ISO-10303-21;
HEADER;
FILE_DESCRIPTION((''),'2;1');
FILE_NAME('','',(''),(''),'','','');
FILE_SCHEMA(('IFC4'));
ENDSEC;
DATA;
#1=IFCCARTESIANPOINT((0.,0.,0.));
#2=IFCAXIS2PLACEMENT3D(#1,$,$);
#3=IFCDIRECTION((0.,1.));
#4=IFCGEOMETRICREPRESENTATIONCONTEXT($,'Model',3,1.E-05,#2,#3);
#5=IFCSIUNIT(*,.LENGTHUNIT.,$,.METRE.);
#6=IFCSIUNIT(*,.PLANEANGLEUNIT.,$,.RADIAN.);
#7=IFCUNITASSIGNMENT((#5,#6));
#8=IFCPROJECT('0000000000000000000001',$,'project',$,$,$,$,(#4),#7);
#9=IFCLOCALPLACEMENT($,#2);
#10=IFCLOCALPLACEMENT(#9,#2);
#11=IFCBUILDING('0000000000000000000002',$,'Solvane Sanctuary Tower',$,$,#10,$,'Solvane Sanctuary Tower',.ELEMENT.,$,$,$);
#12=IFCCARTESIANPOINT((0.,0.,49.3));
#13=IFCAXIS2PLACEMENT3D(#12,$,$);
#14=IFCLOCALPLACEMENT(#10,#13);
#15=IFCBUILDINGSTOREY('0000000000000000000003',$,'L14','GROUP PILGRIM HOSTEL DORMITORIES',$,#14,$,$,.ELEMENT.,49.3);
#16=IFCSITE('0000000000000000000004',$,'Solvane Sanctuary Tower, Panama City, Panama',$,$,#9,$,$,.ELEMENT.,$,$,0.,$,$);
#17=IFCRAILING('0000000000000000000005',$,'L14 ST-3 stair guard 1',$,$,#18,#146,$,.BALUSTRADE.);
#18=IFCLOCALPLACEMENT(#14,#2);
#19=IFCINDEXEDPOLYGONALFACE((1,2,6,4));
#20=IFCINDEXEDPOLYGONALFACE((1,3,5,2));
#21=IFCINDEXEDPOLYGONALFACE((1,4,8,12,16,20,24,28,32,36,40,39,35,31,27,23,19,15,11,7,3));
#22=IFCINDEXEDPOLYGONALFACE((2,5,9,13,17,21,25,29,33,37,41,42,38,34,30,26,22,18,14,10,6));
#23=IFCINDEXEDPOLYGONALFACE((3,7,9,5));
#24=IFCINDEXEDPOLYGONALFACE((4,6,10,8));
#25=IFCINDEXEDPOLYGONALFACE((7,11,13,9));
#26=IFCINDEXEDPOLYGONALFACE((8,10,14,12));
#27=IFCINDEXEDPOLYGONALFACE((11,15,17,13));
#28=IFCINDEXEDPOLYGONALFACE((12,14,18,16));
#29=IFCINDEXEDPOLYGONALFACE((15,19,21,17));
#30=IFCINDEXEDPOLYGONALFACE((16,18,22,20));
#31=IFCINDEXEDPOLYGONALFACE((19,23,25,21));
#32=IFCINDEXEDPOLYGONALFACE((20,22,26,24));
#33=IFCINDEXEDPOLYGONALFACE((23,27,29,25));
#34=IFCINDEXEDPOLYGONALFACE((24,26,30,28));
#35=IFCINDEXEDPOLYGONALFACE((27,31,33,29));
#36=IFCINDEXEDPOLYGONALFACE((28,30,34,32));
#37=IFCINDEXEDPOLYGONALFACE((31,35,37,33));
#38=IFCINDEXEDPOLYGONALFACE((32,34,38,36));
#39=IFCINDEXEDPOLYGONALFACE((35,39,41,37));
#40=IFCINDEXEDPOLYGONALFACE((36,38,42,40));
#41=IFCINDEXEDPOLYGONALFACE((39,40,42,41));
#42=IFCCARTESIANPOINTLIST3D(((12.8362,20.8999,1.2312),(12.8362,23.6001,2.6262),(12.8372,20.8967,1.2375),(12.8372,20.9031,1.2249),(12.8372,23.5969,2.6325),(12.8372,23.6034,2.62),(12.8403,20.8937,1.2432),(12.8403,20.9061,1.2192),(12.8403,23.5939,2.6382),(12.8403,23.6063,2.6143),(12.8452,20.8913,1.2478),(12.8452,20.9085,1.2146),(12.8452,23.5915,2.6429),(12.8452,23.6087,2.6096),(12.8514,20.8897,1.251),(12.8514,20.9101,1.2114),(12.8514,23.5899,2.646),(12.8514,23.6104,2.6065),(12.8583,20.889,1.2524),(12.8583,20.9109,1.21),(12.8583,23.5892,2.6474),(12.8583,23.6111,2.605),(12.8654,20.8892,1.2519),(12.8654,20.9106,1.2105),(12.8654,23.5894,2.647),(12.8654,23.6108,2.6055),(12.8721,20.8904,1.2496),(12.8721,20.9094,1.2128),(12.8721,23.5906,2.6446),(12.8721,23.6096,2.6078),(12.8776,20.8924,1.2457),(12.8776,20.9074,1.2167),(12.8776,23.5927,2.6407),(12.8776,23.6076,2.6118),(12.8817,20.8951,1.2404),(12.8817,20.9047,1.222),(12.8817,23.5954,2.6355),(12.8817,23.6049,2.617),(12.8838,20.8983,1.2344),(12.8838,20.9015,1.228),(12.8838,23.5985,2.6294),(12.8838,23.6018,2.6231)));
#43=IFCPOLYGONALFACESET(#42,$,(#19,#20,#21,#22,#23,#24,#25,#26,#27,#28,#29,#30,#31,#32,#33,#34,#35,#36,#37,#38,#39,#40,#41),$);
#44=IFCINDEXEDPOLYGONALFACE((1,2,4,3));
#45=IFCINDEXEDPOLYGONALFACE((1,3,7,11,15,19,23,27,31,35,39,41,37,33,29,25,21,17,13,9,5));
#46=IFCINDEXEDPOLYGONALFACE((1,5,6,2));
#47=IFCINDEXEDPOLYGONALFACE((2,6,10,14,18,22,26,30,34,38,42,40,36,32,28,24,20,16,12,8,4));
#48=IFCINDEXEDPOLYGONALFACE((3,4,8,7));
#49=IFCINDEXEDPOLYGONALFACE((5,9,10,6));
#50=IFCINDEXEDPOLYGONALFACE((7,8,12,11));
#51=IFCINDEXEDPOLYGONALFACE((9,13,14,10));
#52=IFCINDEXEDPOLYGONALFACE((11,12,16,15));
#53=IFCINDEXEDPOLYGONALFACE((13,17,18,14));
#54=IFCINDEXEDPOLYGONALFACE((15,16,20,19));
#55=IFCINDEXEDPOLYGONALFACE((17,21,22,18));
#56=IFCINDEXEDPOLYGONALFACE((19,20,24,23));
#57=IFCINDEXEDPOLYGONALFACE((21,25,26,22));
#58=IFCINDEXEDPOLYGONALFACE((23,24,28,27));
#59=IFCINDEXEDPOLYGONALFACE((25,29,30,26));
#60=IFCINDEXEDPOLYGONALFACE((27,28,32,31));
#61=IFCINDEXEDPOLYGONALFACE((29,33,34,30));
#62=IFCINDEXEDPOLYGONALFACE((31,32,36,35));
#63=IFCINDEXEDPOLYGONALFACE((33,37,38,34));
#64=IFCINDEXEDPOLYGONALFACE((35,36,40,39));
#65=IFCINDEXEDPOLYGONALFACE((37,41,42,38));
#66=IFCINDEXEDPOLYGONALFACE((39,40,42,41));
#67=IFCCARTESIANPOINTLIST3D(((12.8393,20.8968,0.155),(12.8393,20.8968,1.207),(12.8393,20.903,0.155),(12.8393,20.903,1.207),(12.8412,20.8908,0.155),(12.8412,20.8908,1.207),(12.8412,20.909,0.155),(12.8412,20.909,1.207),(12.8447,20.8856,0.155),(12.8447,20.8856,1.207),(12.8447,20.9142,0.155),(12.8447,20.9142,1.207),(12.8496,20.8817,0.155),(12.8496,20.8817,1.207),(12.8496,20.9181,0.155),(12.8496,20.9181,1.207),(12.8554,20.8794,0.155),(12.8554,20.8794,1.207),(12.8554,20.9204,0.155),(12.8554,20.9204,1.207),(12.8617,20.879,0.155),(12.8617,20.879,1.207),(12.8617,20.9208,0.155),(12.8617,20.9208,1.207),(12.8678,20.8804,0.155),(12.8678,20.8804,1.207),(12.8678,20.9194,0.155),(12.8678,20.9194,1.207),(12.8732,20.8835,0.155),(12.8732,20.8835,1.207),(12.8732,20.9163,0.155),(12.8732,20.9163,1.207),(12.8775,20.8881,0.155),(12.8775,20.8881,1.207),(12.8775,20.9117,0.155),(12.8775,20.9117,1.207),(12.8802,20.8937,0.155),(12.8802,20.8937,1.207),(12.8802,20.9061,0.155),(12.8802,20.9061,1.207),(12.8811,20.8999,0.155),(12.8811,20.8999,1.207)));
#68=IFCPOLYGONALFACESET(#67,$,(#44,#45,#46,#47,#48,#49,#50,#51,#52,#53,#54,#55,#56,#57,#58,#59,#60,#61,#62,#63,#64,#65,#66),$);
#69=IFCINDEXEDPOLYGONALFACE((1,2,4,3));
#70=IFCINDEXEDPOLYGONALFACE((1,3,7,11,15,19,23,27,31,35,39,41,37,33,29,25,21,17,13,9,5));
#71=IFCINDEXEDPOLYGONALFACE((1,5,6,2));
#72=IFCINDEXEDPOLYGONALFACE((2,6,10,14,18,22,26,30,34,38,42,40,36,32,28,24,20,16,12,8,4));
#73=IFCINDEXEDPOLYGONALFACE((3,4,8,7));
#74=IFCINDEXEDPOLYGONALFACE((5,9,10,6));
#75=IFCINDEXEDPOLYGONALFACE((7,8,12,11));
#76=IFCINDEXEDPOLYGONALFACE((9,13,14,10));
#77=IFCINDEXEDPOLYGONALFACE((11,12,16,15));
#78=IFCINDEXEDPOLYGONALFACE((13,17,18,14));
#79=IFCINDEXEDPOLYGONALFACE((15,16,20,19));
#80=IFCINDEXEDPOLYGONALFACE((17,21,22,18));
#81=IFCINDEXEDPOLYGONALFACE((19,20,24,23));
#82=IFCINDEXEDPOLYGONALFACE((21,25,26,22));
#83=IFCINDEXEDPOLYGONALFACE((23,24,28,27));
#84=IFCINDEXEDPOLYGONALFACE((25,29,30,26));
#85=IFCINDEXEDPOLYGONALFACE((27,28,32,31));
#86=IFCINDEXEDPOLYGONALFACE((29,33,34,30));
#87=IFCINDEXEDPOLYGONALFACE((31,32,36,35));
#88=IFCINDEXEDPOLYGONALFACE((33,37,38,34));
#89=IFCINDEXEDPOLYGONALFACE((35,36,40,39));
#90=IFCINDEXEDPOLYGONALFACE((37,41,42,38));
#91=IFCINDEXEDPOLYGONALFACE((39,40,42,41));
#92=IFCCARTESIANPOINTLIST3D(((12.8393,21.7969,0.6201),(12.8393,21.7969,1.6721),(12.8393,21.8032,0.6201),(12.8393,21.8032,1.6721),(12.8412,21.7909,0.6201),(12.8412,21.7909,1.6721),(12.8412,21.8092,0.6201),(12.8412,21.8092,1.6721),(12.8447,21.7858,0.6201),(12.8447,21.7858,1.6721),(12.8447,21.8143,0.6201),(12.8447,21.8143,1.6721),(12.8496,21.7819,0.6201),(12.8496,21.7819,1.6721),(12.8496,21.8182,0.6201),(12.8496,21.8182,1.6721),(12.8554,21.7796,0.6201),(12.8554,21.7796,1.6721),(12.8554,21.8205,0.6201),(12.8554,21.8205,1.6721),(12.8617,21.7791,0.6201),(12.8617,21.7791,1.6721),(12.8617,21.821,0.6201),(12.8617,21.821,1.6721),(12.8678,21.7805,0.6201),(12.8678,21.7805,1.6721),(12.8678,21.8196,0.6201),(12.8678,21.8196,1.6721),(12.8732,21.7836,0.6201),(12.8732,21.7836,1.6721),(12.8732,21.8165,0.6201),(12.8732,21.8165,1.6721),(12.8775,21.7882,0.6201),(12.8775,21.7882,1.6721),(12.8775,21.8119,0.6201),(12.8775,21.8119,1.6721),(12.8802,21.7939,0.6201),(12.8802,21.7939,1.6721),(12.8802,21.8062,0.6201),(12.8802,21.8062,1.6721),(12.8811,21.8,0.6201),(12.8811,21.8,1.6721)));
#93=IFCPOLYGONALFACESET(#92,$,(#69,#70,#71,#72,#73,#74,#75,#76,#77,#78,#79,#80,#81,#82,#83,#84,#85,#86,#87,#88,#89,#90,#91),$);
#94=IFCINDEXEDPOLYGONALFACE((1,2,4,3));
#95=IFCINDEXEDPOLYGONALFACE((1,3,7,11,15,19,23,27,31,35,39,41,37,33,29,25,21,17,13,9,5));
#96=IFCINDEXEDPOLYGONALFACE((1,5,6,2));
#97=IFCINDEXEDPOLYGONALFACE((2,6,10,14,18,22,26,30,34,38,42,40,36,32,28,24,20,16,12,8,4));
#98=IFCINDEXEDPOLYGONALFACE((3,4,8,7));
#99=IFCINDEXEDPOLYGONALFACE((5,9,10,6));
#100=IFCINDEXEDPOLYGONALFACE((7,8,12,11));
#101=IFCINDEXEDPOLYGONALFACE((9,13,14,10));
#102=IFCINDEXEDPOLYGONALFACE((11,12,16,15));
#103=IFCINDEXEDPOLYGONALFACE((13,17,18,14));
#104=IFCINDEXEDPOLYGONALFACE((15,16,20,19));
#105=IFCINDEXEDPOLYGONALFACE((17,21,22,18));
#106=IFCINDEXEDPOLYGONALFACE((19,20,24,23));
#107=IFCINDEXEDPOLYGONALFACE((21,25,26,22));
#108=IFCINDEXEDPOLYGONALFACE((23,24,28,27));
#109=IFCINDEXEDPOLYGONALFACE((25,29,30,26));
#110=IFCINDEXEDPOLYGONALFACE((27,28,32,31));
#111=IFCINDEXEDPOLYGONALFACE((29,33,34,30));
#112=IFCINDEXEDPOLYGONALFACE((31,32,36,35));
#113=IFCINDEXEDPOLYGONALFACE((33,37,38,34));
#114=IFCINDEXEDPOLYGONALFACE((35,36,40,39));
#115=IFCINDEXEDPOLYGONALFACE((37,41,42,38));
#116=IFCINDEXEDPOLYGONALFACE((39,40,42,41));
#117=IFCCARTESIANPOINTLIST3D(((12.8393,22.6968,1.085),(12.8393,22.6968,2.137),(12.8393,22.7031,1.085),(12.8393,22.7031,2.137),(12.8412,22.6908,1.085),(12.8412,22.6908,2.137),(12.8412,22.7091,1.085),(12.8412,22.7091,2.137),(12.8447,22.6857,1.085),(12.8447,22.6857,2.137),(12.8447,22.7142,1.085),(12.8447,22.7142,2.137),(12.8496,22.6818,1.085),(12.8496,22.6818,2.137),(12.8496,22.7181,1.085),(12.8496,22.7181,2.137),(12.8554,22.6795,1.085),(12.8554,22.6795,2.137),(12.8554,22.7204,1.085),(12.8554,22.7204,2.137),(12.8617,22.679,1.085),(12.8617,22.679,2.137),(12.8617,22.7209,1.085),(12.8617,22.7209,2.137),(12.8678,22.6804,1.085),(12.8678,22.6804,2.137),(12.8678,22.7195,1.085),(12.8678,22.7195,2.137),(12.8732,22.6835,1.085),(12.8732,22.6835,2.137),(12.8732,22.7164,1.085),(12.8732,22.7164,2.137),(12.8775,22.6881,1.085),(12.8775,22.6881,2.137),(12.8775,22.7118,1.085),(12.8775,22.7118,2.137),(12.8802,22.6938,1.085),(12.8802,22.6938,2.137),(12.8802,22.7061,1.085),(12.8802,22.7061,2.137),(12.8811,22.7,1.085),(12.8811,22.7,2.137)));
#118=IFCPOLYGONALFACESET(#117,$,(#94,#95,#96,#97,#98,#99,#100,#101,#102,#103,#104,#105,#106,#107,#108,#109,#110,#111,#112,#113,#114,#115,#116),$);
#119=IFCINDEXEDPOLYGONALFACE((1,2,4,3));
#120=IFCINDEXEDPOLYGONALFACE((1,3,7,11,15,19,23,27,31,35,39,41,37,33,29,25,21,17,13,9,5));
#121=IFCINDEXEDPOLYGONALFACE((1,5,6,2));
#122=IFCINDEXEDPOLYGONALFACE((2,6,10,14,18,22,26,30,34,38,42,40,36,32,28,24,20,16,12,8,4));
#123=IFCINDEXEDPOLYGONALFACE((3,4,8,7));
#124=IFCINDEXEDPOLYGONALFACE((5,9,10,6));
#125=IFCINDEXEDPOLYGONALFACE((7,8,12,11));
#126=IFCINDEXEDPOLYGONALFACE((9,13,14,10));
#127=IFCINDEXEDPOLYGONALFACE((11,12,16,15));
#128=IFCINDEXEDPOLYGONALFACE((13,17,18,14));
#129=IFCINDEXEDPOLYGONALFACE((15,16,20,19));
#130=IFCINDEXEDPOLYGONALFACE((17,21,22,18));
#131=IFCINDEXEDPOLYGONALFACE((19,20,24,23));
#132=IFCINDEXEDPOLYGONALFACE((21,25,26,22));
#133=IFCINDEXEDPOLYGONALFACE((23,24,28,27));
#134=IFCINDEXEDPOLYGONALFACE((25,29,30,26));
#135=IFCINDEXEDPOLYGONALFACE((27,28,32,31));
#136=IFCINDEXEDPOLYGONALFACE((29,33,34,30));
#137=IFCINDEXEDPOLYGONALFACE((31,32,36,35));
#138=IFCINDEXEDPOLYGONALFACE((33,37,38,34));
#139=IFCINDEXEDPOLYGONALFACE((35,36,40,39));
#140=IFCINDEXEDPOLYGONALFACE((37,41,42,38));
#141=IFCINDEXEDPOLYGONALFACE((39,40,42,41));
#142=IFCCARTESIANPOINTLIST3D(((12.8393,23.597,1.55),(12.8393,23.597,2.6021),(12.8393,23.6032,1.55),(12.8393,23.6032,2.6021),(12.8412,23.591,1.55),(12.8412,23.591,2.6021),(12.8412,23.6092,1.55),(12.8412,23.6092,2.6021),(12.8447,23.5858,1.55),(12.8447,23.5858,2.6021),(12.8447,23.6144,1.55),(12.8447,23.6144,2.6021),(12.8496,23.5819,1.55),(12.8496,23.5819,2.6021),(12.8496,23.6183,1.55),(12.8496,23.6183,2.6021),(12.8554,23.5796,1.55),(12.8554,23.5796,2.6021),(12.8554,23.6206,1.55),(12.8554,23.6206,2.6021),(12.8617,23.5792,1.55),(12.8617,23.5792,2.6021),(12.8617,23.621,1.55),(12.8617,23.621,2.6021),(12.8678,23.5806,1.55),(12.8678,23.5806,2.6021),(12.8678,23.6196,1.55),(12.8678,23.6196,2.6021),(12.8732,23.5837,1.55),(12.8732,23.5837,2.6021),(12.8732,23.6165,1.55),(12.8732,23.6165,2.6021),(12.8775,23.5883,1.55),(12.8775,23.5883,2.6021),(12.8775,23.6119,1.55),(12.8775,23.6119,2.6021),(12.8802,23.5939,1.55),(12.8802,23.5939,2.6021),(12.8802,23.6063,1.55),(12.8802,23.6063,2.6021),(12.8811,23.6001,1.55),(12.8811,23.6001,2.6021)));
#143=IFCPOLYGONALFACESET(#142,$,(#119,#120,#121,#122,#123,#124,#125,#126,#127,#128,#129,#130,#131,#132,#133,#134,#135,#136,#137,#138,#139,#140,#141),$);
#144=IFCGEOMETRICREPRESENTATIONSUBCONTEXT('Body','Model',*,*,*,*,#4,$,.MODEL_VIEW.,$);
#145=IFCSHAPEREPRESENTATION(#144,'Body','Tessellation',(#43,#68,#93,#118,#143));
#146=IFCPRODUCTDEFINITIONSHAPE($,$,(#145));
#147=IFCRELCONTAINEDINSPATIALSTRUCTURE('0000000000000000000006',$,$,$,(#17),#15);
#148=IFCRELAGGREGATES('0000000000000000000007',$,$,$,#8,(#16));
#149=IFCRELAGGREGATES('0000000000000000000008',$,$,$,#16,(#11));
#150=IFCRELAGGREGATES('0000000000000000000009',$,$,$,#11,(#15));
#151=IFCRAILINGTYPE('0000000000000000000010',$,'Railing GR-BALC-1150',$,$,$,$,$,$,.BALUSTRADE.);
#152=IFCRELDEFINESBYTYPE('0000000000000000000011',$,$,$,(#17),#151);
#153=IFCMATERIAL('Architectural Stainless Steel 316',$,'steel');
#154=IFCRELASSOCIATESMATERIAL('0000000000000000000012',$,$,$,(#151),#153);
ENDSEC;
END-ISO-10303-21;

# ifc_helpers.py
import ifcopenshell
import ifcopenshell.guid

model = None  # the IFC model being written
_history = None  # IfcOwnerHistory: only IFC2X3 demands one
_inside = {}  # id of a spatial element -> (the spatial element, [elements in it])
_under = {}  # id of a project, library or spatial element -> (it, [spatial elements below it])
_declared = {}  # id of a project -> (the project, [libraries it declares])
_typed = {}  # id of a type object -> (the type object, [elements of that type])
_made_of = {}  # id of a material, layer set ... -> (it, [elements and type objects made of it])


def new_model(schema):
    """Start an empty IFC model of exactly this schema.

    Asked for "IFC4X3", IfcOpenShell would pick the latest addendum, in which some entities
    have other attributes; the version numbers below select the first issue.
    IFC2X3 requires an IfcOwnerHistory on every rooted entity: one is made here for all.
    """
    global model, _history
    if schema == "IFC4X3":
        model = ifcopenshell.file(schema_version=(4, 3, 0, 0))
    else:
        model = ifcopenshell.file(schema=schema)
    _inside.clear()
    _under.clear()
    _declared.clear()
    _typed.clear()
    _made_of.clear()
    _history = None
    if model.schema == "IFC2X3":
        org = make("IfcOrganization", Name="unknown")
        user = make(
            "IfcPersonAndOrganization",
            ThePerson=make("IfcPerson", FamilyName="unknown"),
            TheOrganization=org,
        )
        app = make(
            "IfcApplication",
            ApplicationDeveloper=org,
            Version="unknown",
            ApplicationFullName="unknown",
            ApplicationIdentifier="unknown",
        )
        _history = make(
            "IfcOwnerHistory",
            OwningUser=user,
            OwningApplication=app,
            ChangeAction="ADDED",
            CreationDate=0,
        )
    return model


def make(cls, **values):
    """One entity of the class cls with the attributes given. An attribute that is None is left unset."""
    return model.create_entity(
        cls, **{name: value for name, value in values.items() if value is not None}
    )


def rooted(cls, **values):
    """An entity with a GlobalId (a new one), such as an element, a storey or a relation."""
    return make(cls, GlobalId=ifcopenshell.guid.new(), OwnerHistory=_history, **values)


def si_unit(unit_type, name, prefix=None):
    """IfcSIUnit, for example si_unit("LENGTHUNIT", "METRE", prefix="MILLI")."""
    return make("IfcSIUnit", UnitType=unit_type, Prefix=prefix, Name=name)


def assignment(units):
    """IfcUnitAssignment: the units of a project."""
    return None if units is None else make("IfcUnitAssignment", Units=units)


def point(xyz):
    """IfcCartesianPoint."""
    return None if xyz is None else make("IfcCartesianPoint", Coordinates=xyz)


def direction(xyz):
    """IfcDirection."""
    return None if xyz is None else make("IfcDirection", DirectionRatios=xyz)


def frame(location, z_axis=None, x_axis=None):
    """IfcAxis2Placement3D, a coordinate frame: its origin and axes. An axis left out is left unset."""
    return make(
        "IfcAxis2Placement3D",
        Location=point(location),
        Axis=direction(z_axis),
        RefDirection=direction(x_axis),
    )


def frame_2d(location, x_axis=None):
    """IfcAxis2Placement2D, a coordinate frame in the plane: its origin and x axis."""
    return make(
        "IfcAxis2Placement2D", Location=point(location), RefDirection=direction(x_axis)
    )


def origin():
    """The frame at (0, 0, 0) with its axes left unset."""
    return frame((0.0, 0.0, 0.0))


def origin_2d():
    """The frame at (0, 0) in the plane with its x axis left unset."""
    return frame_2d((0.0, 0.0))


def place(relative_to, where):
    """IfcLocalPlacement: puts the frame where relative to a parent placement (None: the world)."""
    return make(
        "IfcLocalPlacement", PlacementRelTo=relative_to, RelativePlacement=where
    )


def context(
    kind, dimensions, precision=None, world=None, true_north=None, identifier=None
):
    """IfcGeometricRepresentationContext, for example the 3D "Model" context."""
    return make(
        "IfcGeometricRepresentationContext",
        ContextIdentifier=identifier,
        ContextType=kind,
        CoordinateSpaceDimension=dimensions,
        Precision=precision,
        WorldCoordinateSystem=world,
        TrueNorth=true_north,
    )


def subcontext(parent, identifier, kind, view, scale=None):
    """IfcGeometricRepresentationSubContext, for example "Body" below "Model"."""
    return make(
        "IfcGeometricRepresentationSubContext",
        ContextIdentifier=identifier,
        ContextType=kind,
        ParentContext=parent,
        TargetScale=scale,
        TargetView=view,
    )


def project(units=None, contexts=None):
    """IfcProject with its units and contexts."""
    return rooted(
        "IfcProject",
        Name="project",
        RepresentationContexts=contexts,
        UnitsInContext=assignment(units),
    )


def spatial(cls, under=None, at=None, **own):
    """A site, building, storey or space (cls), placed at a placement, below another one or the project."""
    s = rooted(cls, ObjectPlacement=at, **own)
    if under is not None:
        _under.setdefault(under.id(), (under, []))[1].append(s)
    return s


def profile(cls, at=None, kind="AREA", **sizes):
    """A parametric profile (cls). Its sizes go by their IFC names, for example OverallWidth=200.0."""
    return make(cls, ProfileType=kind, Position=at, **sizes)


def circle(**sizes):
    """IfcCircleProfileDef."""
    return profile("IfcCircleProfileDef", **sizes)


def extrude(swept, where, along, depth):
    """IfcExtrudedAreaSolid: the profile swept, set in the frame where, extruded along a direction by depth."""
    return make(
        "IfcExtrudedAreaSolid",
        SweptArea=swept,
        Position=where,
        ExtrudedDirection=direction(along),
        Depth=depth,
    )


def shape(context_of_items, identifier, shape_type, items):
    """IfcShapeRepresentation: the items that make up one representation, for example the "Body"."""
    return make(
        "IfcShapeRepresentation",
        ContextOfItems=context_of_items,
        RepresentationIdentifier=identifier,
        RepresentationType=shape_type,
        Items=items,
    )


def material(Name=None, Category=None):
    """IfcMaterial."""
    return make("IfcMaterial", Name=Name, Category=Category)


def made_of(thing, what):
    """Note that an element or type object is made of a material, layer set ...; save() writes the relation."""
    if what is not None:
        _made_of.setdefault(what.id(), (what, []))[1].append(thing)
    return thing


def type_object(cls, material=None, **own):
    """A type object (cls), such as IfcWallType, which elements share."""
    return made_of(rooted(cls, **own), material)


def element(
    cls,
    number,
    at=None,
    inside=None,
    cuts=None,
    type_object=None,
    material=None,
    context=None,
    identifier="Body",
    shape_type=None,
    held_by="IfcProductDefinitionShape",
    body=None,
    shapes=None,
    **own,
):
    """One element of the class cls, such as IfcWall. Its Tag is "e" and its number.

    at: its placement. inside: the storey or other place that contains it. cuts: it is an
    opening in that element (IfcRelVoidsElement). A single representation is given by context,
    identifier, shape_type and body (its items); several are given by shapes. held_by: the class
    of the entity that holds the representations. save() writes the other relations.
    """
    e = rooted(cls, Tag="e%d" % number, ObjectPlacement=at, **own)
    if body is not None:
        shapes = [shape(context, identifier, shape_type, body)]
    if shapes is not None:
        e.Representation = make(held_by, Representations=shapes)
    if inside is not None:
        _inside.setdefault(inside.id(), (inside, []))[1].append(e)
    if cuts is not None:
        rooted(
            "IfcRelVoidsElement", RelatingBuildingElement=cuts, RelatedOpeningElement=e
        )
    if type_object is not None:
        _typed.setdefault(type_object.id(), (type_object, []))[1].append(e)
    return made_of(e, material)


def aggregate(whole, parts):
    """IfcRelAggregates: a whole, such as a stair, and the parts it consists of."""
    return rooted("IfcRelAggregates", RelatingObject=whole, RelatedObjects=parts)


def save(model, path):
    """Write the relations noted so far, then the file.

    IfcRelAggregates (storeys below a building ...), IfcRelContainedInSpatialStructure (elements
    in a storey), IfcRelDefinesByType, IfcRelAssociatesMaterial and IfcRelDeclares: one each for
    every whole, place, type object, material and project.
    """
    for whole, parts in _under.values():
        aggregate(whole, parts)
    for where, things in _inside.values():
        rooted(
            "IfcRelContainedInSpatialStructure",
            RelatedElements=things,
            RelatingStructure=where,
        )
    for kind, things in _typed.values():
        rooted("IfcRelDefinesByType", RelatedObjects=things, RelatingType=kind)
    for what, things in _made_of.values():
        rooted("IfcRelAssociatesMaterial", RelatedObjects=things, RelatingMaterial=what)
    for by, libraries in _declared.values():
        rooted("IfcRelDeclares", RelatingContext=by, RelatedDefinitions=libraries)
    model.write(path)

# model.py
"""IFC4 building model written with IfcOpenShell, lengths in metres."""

from ifc_helpers import new_model, si_unit, direction, frame, origin, origin_2d, place, context, subcontext, project, spatial, circle, extrude, material, type_object, element, save


model = new_model("IFC4")

# Units and contexts
model_context = context("Model", 3, precision=1e-05, world=origin(), true_north=direction((0.0, 1.0)))
body_context = subcontext(model_context, "Body", "Model", "MODEL_VIEW")
ifc_project = project(units=[si_unit("LENGTHUNIT", "METRE"), si_unit("PLANEANGLEUNIT", "RADIAN")], contexts=[model_context])

# Site, building, storey
site_placement = place(None, origin())
site = spatial("IfcSite", under=ifc_project, at=site_placement, Name="Solvane Sanctuary Tower, Panama City, Panama", CompositionType="ELEMENT", RefElevation=0.0)
building_placement = place(site_placement, origin())
building = spatial("IfcBuilding", under=site, at=building_placement, Name="Solvane Sanctuary Tower", LongName="Solvane Sanctuary Tower", CompositionType="ELEMENT")
storey_placement = place(building_placement, frame((0.0, 0.0, 49.3)))
storey = spatial("IfcBuildingStorey", under=building, at=storey_placement, Name="L14", Description="GROUP PILGRIM HOSTEL DORMITORIES", CompositionType="ELEMENT", Elevation=49.3)

# Railing
ifc_material_1 = material(Name="Architectural Stainless Steel 316", Category="steel")
railing_type_1 = type_object("IfcRailingType", Name="Railing GR-BALC-1150", PredefinedType="BALUSTRADE", material=ifc_material_1)
railing_1_placement = place(storey_placement, frame((12.8601, 20.8999, 0.155)))
element("IfcRailing", 1, at=railing_1_placement, inside=storey, type_object=railing_type_1, Name="L14 ST-3 stair guard 1", PredefinedType="BALUSTRADE", context=body_context, shape_type="SweptSolid", body=[
    extrude(circle(Radius=0.0239, at=origin_2d()), frame((0.0, 0.0, 1.0762), z_axis=(0.0, 0.888437, 0.458999), x_axis=(-1.0, 0.0, 0.0)), (0.0, 0.0, 1.0), 3.0393),
    extrude(circle(Radius=0.021, at=origin_2d()), origin(), (0.0, 0.0, 1.0), 1.052),
    extrude(circle(Radius=0.021, at=origin_2d()), frame((0.0, 0.9001, 0.4651)), (0.0, 0.0, 1.0), 1.052),
    extrude(circle(Radius=0.021, at=origin_2d()), frame((0.0, 1.8, 0.9299)), (0.0, 0.0, 1.0), 1.052),
    extrude(circle(Radius=0.021, at=origin_2d()), frame((0.0, 2.7002, 1.395)), (0.0, 0.0, 1.0), 1.052),
])

save(model, "model.ifc")
